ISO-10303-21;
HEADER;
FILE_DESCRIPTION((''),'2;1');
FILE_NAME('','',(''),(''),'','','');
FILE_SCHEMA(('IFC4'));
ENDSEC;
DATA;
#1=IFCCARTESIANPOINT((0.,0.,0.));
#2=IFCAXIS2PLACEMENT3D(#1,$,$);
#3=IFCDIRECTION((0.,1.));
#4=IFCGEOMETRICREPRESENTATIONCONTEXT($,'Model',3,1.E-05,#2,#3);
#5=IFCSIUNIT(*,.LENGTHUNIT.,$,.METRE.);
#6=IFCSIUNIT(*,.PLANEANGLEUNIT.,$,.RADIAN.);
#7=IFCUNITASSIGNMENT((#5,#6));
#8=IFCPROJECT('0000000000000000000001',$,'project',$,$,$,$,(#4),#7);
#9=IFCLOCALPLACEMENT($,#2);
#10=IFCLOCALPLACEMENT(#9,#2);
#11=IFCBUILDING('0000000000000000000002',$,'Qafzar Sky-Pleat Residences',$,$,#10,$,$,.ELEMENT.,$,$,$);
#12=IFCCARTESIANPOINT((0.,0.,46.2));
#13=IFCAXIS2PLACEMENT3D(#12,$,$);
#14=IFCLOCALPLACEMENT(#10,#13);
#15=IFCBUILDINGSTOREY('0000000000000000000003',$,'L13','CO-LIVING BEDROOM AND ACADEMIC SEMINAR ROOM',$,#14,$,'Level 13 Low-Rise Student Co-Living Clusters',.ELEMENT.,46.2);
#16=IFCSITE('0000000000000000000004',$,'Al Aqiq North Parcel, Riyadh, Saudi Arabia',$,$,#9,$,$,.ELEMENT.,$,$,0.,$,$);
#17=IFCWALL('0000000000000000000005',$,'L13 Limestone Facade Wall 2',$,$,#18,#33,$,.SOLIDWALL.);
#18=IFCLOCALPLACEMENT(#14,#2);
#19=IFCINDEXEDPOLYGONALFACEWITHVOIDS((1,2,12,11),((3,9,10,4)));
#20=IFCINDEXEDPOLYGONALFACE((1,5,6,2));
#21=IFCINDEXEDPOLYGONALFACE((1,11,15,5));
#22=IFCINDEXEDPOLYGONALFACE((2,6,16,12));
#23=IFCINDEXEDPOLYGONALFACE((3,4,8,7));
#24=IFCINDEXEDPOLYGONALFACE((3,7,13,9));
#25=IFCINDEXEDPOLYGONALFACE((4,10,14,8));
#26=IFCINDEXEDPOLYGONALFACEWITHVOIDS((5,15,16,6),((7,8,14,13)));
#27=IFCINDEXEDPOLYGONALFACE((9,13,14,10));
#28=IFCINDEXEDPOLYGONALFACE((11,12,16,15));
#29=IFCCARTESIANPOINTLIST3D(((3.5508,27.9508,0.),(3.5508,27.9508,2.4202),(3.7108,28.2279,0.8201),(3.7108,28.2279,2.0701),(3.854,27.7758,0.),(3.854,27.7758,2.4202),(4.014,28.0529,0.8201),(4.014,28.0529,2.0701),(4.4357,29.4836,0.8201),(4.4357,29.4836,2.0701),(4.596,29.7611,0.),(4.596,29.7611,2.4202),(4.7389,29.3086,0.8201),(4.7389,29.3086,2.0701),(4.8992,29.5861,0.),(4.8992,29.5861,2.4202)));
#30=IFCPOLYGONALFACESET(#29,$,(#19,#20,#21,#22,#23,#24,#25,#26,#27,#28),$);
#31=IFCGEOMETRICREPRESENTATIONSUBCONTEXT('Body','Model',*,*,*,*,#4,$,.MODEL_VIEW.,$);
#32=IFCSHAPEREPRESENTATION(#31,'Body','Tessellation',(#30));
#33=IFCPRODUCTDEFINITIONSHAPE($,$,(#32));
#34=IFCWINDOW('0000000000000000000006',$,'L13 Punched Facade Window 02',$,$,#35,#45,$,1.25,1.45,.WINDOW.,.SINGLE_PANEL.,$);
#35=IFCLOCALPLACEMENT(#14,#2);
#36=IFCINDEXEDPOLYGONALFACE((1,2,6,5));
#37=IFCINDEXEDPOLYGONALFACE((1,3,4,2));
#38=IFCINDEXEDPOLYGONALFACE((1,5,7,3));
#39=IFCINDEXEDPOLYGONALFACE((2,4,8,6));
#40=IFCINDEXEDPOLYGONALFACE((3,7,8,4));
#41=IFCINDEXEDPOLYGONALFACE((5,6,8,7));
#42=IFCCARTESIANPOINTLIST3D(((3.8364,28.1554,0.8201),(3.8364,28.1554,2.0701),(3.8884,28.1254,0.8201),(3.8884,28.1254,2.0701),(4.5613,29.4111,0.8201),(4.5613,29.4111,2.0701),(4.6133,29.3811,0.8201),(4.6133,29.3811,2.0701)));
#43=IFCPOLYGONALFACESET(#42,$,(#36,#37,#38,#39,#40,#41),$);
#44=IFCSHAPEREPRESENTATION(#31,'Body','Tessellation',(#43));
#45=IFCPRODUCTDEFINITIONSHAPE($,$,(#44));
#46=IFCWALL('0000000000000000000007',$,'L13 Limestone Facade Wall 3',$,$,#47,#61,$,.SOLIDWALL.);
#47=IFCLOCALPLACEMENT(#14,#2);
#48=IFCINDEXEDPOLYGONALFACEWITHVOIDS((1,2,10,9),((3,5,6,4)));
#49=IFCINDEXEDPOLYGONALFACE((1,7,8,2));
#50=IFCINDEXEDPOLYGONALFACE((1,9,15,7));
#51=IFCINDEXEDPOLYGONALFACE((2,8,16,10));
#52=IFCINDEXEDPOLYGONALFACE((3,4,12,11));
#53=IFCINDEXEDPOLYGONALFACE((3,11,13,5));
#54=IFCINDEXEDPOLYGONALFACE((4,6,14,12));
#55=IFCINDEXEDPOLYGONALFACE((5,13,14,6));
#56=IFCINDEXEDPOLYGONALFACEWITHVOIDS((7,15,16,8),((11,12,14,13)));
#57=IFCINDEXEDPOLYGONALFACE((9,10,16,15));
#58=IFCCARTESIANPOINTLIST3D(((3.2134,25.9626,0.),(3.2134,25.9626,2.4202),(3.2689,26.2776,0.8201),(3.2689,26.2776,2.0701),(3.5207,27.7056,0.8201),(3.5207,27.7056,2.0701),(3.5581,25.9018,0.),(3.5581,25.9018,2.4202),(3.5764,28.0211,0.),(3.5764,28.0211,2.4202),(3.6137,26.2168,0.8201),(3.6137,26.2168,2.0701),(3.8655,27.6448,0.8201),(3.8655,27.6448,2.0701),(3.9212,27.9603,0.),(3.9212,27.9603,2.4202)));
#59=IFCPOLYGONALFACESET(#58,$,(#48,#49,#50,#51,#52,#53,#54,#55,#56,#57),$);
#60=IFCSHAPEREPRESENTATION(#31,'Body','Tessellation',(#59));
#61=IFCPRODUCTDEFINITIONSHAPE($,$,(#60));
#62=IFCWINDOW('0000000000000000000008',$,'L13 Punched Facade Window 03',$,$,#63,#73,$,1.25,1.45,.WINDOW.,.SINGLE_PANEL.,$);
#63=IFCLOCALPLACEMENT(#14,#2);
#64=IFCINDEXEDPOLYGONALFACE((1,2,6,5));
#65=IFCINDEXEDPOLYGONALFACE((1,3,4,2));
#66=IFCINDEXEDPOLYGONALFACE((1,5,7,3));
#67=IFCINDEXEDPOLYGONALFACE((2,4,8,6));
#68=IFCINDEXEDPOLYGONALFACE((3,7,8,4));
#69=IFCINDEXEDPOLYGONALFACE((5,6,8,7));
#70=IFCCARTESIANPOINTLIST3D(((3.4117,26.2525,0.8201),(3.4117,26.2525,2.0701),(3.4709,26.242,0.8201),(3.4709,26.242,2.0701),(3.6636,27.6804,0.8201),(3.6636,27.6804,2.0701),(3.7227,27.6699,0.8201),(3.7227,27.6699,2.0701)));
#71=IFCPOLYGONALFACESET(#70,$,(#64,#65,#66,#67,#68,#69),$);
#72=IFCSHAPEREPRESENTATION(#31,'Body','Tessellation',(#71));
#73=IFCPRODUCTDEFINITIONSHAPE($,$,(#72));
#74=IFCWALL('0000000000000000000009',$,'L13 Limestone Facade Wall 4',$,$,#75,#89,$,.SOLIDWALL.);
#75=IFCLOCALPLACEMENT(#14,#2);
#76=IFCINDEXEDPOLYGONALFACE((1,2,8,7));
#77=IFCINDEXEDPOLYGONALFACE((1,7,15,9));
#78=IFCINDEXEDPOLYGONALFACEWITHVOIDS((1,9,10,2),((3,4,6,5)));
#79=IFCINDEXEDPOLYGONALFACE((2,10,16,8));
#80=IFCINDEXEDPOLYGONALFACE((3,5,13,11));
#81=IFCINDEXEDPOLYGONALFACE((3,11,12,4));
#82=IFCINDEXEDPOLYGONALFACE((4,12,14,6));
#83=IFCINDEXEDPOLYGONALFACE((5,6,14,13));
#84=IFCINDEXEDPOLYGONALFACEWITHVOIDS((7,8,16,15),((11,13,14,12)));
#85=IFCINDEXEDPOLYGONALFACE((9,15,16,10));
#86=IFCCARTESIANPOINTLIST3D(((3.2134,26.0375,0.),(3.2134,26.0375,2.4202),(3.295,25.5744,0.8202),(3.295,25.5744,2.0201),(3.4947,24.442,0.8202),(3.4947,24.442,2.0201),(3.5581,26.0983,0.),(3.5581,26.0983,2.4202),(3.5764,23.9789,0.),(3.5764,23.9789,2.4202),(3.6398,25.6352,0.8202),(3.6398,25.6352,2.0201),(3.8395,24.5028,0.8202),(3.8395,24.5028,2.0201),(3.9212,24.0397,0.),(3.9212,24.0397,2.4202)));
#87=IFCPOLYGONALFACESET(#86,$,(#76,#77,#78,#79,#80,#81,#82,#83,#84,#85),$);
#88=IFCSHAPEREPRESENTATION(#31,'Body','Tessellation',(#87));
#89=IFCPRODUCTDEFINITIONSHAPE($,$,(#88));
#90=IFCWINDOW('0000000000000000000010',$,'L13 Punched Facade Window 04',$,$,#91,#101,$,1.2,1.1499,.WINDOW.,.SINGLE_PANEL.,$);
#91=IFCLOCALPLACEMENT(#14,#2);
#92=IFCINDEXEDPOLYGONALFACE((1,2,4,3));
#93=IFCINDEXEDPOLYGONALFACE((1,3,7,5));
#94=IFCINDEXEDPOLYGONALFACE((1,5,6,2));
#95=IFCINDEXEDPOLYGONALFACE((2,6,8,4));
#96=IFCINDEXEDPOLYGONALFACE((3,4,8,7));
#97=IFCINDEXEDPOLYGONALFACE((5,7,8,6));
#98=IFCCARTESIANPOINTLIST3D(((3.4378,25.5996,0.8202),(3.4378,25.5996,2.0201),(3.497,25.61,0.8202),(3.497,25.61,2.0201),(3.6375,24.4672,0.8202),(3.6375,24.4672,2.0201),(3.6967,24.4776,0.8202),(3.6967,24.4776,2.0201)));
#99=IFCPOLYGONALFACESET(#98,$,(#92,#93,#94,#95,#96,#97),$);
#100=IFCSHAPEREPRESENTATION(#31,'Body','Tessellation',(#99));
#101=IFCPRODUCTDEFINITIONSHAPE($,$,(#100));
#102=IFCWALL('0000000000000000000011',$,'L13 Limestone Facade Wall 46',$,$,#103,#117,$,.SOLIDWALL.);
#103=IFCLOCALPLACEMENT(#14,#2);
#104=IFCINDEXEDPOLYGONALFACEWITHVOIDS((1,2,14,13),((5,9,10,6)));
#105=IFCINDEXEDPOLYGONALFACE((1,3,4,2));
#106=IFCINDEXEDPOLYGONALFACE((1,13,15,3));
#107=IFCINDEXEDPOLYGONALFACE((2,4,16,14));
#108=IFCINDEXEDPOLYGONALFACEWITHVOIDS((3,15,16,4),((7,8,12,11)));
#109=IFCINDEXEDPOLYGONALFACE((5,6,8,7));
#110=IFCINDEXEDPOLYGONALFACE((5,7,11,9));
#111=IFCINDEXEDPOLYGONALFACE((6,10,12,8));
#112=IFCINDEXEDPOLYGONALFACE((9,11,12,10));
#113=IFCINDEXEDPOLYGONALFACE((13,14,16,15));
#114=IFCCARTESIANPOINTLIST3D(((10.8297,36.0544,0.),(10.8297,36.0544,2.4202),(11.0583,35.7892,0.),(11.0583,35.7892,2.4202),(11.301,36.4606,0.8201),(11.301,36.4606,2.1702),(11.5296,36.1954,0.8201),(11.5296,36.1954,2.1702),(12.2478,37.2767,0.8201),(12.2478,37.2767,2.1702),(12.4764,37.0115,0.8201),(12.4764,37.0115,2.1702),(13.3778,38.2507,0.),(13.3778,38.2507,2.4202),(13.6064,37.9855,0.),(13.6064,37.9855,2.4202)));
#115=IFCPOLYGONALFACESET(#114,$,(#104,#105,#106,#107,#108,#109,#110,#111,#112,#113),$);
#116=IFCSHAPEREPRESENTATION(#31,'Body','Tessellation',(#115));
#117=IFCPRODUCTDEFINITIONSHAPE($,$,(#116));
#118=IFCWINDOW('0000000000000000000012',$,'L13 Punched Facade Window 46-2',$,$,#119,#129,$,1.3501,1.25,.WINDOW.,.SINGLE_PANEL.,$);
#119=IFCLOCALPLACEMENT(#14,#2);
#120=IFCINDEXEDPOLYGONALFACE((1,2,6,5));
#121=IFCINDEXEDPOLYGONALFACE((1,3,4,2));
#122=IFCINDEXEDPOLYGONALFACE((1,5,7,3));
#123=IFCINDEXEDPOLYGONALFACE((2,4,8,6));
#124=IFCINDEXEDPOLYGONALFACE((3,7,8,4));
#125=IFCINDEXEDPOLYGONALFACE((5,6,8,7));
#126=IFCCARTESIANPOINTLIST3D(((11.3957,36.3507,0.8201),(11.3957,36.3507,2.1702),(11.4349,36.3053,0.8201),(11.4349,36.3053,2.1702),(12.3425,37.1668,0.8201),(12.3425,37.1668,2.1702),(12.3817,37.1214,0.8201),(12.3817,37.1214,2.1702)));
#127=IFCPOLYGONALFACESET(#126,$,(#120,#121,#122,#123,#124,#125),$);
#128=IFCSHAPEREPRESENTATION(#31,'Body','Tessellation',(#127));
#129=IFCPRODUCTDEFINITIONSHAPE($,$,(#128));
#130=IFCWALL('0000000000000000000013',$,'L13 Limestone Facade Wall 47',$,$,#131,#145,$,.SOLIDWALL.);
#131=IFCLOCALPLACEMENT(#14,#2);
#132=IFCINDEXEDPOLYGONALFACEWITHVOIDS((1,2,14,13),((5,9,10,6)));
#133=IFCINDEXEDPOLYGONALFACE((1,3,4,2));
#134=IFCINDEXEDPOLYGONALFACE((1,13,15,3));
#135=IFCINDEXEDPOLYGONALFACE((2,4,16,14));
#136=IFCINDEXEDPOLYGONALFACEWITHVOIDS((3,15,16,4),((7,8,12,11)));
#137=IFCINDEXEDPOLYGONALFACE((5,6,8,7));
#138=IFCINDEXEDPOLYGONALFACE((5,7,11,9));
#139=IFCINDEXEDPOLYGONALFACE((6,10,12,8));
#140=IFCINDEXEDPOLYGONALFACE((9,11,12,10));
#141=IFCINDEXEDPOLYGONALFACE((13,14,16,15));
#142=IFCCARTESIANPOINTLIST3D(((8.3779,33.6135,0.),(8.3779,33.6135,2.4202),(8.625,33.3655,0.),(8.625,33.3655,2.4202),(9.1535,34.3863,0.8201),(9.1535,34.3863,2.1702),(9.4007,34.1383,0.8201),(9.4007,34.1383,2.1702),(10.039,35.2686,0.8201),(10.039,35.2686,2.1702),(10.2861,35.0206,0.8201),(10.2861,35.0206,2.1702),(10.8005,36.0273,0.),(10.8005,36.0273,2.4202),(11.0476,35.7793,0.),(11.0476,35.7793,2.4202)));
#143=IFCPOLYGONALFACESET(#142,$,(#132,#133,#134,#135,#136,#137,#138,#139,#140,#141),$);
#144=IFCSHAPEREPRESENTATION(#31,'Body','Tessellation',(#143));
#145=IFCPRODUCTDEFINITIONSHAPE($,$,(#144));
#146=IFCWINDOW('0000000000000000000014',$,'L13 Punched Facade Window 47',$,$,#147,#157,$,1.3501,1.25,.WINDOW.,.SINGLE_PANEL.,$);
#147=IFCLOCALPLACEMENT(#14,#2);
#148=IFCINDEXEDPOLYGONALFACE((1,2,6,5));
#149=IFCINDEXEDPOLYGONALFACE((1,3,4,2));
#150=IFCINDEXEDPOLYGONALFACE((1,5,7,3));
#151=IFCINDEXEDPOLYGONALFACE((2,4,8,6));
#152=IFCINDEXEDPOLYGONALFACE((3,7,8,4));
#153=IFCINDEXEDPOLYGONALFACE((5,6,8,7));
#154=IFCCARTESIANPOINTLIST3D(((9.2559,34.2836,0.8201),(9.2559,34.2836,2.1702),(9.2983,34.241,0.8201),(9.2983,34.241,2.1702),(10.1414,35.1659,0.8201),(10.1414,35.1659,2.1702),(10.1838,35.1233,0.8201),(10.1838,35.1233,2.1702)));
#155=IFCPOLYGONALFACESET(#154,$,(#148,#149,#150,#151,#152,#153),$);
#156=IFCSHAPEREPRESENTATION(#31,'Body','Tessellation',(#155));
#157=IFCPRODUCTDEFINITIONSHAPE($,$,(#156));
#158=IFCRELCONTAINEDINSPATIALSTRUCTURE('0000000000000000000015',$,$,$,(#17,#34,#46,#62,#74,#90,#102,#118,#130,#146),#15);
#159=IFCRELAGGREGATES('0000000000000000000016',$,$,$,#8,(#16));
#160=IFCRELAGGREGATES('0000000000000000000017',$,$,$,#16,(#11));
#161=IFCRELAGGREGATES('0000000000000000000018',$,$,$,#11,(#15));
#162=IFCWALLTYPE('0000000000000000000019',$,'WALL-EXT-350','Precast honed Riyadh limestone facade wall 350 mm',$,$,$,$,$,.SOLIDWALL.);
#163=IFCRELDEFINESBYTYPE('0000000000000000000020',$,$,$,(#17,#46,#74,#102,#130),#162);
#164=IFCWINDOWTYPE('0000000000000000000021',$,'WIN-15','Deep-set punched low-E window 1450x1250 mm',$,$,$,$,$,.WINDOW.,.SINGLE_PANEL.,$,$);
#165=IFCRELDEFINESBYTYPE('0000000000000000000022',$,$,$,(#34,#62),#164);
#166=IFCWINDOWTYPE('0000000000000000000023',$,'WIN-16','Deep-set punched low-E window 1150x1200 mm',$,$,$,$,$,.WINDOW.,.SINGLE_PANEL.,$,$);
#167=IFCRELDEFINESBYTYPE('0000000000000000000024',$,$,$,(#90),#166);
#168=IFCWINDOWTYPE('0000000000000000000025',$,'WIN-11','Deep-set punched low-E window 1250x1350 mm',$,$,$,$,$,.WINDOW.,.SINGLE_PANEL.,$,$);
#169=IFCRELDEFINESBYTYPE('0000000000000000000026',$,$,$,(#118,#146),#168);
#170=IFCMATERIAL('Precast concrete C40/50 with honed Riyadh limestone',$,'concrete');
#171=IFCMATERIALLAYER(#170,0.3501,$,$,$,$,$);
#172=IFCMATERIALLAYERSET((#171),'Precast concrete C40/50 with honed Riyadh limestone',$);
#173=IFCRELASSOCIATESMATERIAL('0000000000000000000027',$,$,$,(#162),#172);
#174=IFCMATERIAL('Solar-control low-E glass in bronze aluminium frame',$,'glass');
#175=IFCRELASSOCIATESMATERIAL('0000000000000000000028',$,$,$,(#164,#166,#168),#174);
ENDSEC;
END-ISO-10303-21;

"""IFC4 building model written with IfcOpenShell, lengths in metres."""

from ifc_helpers import new_model, si_unit, direction, frame, frame_2d, origin, place, context, subcontext, project, spatial, rectangle, extrude, source, transform, mapped, material, layer, layer_set, type_object, element, fill, save


model = new_model("IFC4")

# Units and contexts
model_context = context("Model", 3, precision=1e-05, world=origin(), true_north=direction((0.0, 1.0)))
body_context = subcontext(model_context, "Body", "Model", "MODEL_VIEW")
ifc_project = project(units=[si_unit("LENGTHUNIT", "METRE"), si_unit("PLANEANGLEUNIT", "RADIAN")], contexts=[model_context])

# Site, building, storey
site_placement = place(None, origin())
site = spatial("IfcSite", under=ifc_project, at=site_placement, Name="Al Aqiq North Parcel, Riyadh, Saudi Arabia", CompositionType="ELEMENT", RefElevation=0.0)
building_placement = place(site_placement, origin())
building = spatial("IfcBuilding", under=site, at=building_placement, Name="Qafzar Sky-Pleat Residences", CompositionType="ELEMENT")
storey_placement = place(building_placement, frame((0.0, 0.0, 46.2)))
storey = spatial("IfcBuildingStorey", under=building, at=storey_placement, Name="L13", Description="CO-LIVING BEDROOM AND ACADEMIC SEMINAR ROOM", LongName="Level 13 Low-Rise Student Co-Living Clusters", CompositionType="ELEMENT", Elevation=46.2)

# Walls, openings, windows
ifc_material_1 = material(Name="Precast concrete C40/50 with honed Riyadh limestone", Category="concrete")
ifc_layer_1 = layer(ifc_material_1, 0.3501)
ifc_layer_set_1 = layer_set([ifc_layer_1], Name="Precast concrete C40/50 with honed Riyadh limestone")
wall_type_1 = type_object("IfcWallType", Name="WALL-EXT-350", Description="Precast honed Riyadh limestone facade wall 350 mm", PredefinedType="SOLIDWALL", material=ifc_layer_set_1)
ifc_material_2 = material(Name="Solar-control low-E glass in bronze aluminium frame", Category="glass")
wall_1_placement = place(storey_placement, frame((4.7476, 29.6736, 0.0), z_axis=(0.0, 0.0, 1.0), x_axis=(-0.499995, -0.866028, 0.0)))
wall_1 = element("IfcWall", 1, at=wall_1_placement, inside=storey, type_object=wall_type_1, Name="L13 Limestone Facade Wall 2", PredefinedType="SOLIDWALL", context=body_context, shape_type="SweptSolid", body=[
    extrude(rectangle(XDim=2.0903, YDim=0.3501, at=frame_2d((1.0452, 0.0))), origin(), (0.0, 0.0, 1.0), 2.4202),
])
opening_1_placement = place(wall_1_placement, frame((0.3203, 0.0, 0.8201)))
opening_1 = element("IfcOpeningElement", 2, at=opening_1_placement, cuts=wall_1, PredefinedType="OPENING", context=body_context, shape_type="SweptSolid", body=[
    extrude(rectangle(XDim=1.45, YDim=1.25, at=frame_2d((0.7251, 0.625))), frame((0.0, 0.1851, 0.0), z_axis=(0.0, -1.0, 0.0), x_axis=(1.0, 0.0, 0.0)), (0.0, 0.0, 1.0), 0.3701),
])
window_type_1 = type_object("IfcWindowType", Name="WIN-15", Description="Deep-set punched low-E window 1450x1250 mm", PartitioningType="SINGLE_PANEL", PredefinedType="WINDOW", material=ifc_material_2)
shared_shape_1 = source(origin(), body_context, "Body", "SweptSolid", [
    extrude(rectangle(XDim=1.45, YDim=1.25, at=frame_2d((0.7251, 0.625))), frame((0.0, 0.03, 0.0), z_axis=(0.0, -1.0, 0.0), x_axis=(1.0, 0.0, 0.0)), (0.0, 0.0, 1.0), 0.0601),
])
window_1_placement = place(opening_1_placement, origin())
window_1 = element("IfcWindow", 3, at=window_1_placement, inside=storey, type_object=window_type_1, Name="L13 Punched Facade Window 02", OverallHeight=1.25, OverallWidth=1.45, PartitioningType="SINGLE_PANEL", PredefinedType="WINDOW", context=body_context, shape_type="MappedRepresentation", body=[
    mapped(shared_shape_1, transform((0.0, 0.0, 0.0), x_axis=(1.0, 0.0, 0.0), y_axis=(0.0, 1.0, 0.0), z_axis=(0.0, 0.0, 1.0), scale=1.0)),
])
fill(opening_1, window_1)
wall_2_placement = place(storey_placement, frame((3.7488, 27.9907, 0.0), z_axis=(0.0, 0.0, 1.0), x_axis=(-0.173672, -0.984804, 0.0)))
wall_2 = element("IfcWall", 4, at=wall_2_placement, inside=storey, type_object=wall_type_1, Name="L13 Limestone Facade Wall 3", PredefinedType="SOLIDWALL", context=body_context, shape_type="SweptSolid", body=[
    extrude(rectangle(XDim=2.0903, YDim=0.3501, at=frame_2d((1.0452, 0.0))), origin(), (0.0, 0.0, 1.0), 2.4202),
])
opening_2_placement = place(wall_2_placement, frame((0.3203, 0.0, 0.8201)))
opening_2 = element("IfcOpeningElement", 5, at=opening_2_placement, cuts=wall_2, PredefinedType="OPENING", context=body_context, shape_type="SweptSolid", body=[
    extrude(rectangle(XDim=1.45, YDim=1.25, at=frame_2d((0.7251, 0.625))), frame((0.0, 0.1851, 0.0), z_axis=(0.0, -1.0, 0.0), x_axis=(1.0, 0.0, 0.0)), (0.0, 0.0, 1.0), 0.3701),
])
window_2_placement = place(opening_2_placement, origin())
window_2 = element("IfcWindow", 6, at=window_2_placement, inside=storey, type_object=window_type_1, Name="L13 Punched Facade Window 03", OverallHeight=1.25, OverallWidth=1.45, PartitioningType="SINGLE_PANEL", PredefinedType="WINDOW", context=body_context, shape_type="MappedRepresentation", body=[
    mapped(shared_shape_1, transform((0.0, 0.0, 0.0), x_axis=(1.0, 0.0, 0.0), y_axis=(0.0, 1.0, 0.0), z_axis=(0.0, 0.0, 1.0), scale=1.0)),
])
fill(opening_2, window_2)
wall_3_placement = place(storey_placement, frame((3.3857, 26.0679, 0.0), z_axis=(0.0, 0.0, 1.0), x_axis=(0.173672, -0.984804, 0.0)))
wall_3 = element("IfcWall", 7, at=wall_3_placement, inside=storey, type_object=wall_type_1, Name="L13 Limestone Facade Wall 4", PredefinedType="SOLIDWALL", context=body_context, shape_type="SweptSolid", body=[
    extrude(rectangle(XDim=2.0903, YDim=0.3501, at=frame_2d((1.0452, 0.0))), origin(), (0.0, 0.0, 1.0), 2.4202),
])
opening_3_placement = place(wall_3_placement, frame((0.4702, 0.0, 0.8201)))
opening_3 = element("IfcOpeningElement", 8, at=opening_3_placement, cuts=wall_3, PredefinedType="OPENING", context=body_context, shape_type="SweptSolid", body=[
    extrude(rectangle(XDim=1.1499, YDim=1.2, at=frame_2d((0.575, 0.6001))), frame((0.0, 0.1851, 0.0), z_axis=(0.0, -1.0, 0.0), x_axis=(1.0, 0.0, 0.0)), (0.0, 0.0, 1.0), 0.3701),
])
window_type_2 = type_object("IfcWindowType", Name="WIN-16", Description="Deep-set punched low-E window 1150x1200 mm", PartitioningType="SINGLE_PANEL", PredefinedType="WINDOW", material=ifc_material_2)
shared_shape_2 = source(origin(), body_context, "Body", "SweptSolid", [
    extrude(rectangle(XDim=1.1499, YDim=1.2, at=frame_2d((0.575, 0.6001))), frame((0.0, 0.03, 0.0), z_axis=(0.0, -1.0, 0.0), x_axis=(1.0, 0.0, 0.0)), (0.0, 0.0, 1.0), 0.0601),
])
window_3_placement = place(opening_3_placement, origin())
window_3 = element("IfcWindow", 9, at=window_3_placement, inside=storey, type_object=window_type_2, Name="L13 Punched Facade Window 04", OverallHeight=1.2, OverallWidth=1.1499, PartitioningType="SINGLE_PANEL", PredefinedType="WINDOW", context=body_context, shape_type="MappedRepresentation", body=[
    mapped(shared_shape_2, transform((0.0, 0.0, 0.0), x_axis=(1.0, 0.0, 0.0), y_axis=(0.0, 1.0, 0.0), z_axis=(0.0, 0.0, 1.0), scale=1.0)),
])
fill(opening_3, window_3)
wall_4_placement = place(storey_placement, frame((13.4922, 38.1182, 0.0), z_axis=(0.0, 0.0, 1.0), x_axis=(-0.757461, -0.652881, 0.0)))
wall_4 = element("IfcWall", 10, at=wall_4_placement, inside=storey, type_object=wall_type_1, Name="L13 Limestone Facade Wall 46", PredefinedType="SOLIDWALL", context=body_context, shape_type="SweptSolid", body=[
    extrude(rectangle(XDim=3.364, YDim=0.3501, at=frame_2d((1.6821, 0.0))), origin(), (0.0, 0.0, 1.0), 2.4202),
])
opening_4_placement = place(wall_4_placement, frame((1.4919, 0.0, 0.8201)))
opening_4 = element("IfcOpeningElement", 11, at=opening_4_placement, cuts=wall_4, PredefinedType="OPENING", context=body_context, shape_type="SweptSolid", body=[
    extrude(rectangle(XDim=1.25, YDim=1.3501, at=frame_2d((0.625, 0.675))), frame((0.0, 0.1851, 0.0), z_axis=(0.0, -1.0, 0.0), x_axis=(1.0, 0.0, 0.0)), (0.0, 0.0, 1.0), 0.3701),
])
window_type_3 = type_object("IfcWindowType", Name="WIN-11", Description="Deep-set punched low-E window 1250x1350 mm", PartitioningType="SINGLE_PANEL", PredefinedType="WINDOW", material=ifc_material_2)
shared_shape_3 = source(origin(), body_context, "Body", "SweptSolid", [
    extrude(rectangle(XDim=1.25, YDim=1.3501, at=frame_2d((0.625, 0.675))), frame((0.0, 0.03, 0.0), z_axis=(0.0, -1.0, 0.0), x_axis=(1.0, 0.0, 0.0)), (0.0, 0.0, 1.0), 0.0601),
])
window_4_placement = place(opening_4_placement, origin())
window_4 = element("IfcWindow", 12, at=window_4_placement, inside=storey, type_object=window_type_3, Name="L13 Punched Facade Window 46-2", OverallHeight=1.3501, OverallWidth=1.25, PartitioningType="SINGLE_PANEL", PredefinedType="WINDOW", context=body_context, shape_type="MappedRepresentation", body=[
    mapped(shared_shape_3, transform((0.0, 0.0, 0.0), x_axis=(1.0, 0.0, 0.0), y_axis=(0.0, 1.0, 0.0), z_axis=(0.0, 0.0, 1.0), scale=1.0)),
])
fill(opening_4, window_4)
wall_5_placement = place(storey_placement, frame((10.9241, 35.9033, 0.0), z_axis=(0.0, 0.0, 1.0), x_axis=(-0.708391, -0.705821, 0.0)))
wall_5 = element("IfcWall", 13, at=wall_5_placement, inside=storey, type_object=wall_type_1, Name="L13 Limestone Facade Wall 47", PredefinedType="SOLIDWALL", context=body_context, shape_type="SweptSolid", body=[
    extrude(rectangle(XDim=3.4199, YDim=0.3501, at=frame_2d((1.71, 0.0))), origin(), (0.0, 0.0, 1.0), 2.4202),
])
opening_5_placement = place(wall_5_placement, frame((1.075, 0.0, 0.8201)))
opening_5 = element("IfcOpeningElement", 14, at=opening_5_placement, cuts=wall_5, PredefinedType="OPENING", context=body_context, shape_type="SweptSolid", body=[
    extrude(rectangle(XDim=1.25, YDim=1.3501, at=frame_2d((0.625, 0.675))), frame((0.0, 0.1851, 0.0), z_axis=(0.0, -1.0, 0.0), x_axis=(1.0, 0.0, 0.0)), (0.0, 0.0, 1.0), 0.3701),
])
window_5_placement = place(opening_5_placement, origin())
window_5 = element("IfcWindow", 15, at=window_5_placement, inside=storey, type_object=window_type_3, Name="L13 Punched Facade Window 47", OverallHeight=1.3501, OverallWidth=1.25, PartitioningType="SINGLE_PANEL", PredefinedType="WINDOW", context=body_context, shape_type="MappedRepresentation", body=[
    mapped(shared_shape_3, transform((0.0, 0.0, 0.0), x_axis=(1.0, 0.0, 0.0), y_axis=(0.0, 1.0, 0.0), z_axis=(0.0, 0.0, 1.0), scale=1.0)),
])
fill(opening_5, window_5)

save(model, "model.ifc")
